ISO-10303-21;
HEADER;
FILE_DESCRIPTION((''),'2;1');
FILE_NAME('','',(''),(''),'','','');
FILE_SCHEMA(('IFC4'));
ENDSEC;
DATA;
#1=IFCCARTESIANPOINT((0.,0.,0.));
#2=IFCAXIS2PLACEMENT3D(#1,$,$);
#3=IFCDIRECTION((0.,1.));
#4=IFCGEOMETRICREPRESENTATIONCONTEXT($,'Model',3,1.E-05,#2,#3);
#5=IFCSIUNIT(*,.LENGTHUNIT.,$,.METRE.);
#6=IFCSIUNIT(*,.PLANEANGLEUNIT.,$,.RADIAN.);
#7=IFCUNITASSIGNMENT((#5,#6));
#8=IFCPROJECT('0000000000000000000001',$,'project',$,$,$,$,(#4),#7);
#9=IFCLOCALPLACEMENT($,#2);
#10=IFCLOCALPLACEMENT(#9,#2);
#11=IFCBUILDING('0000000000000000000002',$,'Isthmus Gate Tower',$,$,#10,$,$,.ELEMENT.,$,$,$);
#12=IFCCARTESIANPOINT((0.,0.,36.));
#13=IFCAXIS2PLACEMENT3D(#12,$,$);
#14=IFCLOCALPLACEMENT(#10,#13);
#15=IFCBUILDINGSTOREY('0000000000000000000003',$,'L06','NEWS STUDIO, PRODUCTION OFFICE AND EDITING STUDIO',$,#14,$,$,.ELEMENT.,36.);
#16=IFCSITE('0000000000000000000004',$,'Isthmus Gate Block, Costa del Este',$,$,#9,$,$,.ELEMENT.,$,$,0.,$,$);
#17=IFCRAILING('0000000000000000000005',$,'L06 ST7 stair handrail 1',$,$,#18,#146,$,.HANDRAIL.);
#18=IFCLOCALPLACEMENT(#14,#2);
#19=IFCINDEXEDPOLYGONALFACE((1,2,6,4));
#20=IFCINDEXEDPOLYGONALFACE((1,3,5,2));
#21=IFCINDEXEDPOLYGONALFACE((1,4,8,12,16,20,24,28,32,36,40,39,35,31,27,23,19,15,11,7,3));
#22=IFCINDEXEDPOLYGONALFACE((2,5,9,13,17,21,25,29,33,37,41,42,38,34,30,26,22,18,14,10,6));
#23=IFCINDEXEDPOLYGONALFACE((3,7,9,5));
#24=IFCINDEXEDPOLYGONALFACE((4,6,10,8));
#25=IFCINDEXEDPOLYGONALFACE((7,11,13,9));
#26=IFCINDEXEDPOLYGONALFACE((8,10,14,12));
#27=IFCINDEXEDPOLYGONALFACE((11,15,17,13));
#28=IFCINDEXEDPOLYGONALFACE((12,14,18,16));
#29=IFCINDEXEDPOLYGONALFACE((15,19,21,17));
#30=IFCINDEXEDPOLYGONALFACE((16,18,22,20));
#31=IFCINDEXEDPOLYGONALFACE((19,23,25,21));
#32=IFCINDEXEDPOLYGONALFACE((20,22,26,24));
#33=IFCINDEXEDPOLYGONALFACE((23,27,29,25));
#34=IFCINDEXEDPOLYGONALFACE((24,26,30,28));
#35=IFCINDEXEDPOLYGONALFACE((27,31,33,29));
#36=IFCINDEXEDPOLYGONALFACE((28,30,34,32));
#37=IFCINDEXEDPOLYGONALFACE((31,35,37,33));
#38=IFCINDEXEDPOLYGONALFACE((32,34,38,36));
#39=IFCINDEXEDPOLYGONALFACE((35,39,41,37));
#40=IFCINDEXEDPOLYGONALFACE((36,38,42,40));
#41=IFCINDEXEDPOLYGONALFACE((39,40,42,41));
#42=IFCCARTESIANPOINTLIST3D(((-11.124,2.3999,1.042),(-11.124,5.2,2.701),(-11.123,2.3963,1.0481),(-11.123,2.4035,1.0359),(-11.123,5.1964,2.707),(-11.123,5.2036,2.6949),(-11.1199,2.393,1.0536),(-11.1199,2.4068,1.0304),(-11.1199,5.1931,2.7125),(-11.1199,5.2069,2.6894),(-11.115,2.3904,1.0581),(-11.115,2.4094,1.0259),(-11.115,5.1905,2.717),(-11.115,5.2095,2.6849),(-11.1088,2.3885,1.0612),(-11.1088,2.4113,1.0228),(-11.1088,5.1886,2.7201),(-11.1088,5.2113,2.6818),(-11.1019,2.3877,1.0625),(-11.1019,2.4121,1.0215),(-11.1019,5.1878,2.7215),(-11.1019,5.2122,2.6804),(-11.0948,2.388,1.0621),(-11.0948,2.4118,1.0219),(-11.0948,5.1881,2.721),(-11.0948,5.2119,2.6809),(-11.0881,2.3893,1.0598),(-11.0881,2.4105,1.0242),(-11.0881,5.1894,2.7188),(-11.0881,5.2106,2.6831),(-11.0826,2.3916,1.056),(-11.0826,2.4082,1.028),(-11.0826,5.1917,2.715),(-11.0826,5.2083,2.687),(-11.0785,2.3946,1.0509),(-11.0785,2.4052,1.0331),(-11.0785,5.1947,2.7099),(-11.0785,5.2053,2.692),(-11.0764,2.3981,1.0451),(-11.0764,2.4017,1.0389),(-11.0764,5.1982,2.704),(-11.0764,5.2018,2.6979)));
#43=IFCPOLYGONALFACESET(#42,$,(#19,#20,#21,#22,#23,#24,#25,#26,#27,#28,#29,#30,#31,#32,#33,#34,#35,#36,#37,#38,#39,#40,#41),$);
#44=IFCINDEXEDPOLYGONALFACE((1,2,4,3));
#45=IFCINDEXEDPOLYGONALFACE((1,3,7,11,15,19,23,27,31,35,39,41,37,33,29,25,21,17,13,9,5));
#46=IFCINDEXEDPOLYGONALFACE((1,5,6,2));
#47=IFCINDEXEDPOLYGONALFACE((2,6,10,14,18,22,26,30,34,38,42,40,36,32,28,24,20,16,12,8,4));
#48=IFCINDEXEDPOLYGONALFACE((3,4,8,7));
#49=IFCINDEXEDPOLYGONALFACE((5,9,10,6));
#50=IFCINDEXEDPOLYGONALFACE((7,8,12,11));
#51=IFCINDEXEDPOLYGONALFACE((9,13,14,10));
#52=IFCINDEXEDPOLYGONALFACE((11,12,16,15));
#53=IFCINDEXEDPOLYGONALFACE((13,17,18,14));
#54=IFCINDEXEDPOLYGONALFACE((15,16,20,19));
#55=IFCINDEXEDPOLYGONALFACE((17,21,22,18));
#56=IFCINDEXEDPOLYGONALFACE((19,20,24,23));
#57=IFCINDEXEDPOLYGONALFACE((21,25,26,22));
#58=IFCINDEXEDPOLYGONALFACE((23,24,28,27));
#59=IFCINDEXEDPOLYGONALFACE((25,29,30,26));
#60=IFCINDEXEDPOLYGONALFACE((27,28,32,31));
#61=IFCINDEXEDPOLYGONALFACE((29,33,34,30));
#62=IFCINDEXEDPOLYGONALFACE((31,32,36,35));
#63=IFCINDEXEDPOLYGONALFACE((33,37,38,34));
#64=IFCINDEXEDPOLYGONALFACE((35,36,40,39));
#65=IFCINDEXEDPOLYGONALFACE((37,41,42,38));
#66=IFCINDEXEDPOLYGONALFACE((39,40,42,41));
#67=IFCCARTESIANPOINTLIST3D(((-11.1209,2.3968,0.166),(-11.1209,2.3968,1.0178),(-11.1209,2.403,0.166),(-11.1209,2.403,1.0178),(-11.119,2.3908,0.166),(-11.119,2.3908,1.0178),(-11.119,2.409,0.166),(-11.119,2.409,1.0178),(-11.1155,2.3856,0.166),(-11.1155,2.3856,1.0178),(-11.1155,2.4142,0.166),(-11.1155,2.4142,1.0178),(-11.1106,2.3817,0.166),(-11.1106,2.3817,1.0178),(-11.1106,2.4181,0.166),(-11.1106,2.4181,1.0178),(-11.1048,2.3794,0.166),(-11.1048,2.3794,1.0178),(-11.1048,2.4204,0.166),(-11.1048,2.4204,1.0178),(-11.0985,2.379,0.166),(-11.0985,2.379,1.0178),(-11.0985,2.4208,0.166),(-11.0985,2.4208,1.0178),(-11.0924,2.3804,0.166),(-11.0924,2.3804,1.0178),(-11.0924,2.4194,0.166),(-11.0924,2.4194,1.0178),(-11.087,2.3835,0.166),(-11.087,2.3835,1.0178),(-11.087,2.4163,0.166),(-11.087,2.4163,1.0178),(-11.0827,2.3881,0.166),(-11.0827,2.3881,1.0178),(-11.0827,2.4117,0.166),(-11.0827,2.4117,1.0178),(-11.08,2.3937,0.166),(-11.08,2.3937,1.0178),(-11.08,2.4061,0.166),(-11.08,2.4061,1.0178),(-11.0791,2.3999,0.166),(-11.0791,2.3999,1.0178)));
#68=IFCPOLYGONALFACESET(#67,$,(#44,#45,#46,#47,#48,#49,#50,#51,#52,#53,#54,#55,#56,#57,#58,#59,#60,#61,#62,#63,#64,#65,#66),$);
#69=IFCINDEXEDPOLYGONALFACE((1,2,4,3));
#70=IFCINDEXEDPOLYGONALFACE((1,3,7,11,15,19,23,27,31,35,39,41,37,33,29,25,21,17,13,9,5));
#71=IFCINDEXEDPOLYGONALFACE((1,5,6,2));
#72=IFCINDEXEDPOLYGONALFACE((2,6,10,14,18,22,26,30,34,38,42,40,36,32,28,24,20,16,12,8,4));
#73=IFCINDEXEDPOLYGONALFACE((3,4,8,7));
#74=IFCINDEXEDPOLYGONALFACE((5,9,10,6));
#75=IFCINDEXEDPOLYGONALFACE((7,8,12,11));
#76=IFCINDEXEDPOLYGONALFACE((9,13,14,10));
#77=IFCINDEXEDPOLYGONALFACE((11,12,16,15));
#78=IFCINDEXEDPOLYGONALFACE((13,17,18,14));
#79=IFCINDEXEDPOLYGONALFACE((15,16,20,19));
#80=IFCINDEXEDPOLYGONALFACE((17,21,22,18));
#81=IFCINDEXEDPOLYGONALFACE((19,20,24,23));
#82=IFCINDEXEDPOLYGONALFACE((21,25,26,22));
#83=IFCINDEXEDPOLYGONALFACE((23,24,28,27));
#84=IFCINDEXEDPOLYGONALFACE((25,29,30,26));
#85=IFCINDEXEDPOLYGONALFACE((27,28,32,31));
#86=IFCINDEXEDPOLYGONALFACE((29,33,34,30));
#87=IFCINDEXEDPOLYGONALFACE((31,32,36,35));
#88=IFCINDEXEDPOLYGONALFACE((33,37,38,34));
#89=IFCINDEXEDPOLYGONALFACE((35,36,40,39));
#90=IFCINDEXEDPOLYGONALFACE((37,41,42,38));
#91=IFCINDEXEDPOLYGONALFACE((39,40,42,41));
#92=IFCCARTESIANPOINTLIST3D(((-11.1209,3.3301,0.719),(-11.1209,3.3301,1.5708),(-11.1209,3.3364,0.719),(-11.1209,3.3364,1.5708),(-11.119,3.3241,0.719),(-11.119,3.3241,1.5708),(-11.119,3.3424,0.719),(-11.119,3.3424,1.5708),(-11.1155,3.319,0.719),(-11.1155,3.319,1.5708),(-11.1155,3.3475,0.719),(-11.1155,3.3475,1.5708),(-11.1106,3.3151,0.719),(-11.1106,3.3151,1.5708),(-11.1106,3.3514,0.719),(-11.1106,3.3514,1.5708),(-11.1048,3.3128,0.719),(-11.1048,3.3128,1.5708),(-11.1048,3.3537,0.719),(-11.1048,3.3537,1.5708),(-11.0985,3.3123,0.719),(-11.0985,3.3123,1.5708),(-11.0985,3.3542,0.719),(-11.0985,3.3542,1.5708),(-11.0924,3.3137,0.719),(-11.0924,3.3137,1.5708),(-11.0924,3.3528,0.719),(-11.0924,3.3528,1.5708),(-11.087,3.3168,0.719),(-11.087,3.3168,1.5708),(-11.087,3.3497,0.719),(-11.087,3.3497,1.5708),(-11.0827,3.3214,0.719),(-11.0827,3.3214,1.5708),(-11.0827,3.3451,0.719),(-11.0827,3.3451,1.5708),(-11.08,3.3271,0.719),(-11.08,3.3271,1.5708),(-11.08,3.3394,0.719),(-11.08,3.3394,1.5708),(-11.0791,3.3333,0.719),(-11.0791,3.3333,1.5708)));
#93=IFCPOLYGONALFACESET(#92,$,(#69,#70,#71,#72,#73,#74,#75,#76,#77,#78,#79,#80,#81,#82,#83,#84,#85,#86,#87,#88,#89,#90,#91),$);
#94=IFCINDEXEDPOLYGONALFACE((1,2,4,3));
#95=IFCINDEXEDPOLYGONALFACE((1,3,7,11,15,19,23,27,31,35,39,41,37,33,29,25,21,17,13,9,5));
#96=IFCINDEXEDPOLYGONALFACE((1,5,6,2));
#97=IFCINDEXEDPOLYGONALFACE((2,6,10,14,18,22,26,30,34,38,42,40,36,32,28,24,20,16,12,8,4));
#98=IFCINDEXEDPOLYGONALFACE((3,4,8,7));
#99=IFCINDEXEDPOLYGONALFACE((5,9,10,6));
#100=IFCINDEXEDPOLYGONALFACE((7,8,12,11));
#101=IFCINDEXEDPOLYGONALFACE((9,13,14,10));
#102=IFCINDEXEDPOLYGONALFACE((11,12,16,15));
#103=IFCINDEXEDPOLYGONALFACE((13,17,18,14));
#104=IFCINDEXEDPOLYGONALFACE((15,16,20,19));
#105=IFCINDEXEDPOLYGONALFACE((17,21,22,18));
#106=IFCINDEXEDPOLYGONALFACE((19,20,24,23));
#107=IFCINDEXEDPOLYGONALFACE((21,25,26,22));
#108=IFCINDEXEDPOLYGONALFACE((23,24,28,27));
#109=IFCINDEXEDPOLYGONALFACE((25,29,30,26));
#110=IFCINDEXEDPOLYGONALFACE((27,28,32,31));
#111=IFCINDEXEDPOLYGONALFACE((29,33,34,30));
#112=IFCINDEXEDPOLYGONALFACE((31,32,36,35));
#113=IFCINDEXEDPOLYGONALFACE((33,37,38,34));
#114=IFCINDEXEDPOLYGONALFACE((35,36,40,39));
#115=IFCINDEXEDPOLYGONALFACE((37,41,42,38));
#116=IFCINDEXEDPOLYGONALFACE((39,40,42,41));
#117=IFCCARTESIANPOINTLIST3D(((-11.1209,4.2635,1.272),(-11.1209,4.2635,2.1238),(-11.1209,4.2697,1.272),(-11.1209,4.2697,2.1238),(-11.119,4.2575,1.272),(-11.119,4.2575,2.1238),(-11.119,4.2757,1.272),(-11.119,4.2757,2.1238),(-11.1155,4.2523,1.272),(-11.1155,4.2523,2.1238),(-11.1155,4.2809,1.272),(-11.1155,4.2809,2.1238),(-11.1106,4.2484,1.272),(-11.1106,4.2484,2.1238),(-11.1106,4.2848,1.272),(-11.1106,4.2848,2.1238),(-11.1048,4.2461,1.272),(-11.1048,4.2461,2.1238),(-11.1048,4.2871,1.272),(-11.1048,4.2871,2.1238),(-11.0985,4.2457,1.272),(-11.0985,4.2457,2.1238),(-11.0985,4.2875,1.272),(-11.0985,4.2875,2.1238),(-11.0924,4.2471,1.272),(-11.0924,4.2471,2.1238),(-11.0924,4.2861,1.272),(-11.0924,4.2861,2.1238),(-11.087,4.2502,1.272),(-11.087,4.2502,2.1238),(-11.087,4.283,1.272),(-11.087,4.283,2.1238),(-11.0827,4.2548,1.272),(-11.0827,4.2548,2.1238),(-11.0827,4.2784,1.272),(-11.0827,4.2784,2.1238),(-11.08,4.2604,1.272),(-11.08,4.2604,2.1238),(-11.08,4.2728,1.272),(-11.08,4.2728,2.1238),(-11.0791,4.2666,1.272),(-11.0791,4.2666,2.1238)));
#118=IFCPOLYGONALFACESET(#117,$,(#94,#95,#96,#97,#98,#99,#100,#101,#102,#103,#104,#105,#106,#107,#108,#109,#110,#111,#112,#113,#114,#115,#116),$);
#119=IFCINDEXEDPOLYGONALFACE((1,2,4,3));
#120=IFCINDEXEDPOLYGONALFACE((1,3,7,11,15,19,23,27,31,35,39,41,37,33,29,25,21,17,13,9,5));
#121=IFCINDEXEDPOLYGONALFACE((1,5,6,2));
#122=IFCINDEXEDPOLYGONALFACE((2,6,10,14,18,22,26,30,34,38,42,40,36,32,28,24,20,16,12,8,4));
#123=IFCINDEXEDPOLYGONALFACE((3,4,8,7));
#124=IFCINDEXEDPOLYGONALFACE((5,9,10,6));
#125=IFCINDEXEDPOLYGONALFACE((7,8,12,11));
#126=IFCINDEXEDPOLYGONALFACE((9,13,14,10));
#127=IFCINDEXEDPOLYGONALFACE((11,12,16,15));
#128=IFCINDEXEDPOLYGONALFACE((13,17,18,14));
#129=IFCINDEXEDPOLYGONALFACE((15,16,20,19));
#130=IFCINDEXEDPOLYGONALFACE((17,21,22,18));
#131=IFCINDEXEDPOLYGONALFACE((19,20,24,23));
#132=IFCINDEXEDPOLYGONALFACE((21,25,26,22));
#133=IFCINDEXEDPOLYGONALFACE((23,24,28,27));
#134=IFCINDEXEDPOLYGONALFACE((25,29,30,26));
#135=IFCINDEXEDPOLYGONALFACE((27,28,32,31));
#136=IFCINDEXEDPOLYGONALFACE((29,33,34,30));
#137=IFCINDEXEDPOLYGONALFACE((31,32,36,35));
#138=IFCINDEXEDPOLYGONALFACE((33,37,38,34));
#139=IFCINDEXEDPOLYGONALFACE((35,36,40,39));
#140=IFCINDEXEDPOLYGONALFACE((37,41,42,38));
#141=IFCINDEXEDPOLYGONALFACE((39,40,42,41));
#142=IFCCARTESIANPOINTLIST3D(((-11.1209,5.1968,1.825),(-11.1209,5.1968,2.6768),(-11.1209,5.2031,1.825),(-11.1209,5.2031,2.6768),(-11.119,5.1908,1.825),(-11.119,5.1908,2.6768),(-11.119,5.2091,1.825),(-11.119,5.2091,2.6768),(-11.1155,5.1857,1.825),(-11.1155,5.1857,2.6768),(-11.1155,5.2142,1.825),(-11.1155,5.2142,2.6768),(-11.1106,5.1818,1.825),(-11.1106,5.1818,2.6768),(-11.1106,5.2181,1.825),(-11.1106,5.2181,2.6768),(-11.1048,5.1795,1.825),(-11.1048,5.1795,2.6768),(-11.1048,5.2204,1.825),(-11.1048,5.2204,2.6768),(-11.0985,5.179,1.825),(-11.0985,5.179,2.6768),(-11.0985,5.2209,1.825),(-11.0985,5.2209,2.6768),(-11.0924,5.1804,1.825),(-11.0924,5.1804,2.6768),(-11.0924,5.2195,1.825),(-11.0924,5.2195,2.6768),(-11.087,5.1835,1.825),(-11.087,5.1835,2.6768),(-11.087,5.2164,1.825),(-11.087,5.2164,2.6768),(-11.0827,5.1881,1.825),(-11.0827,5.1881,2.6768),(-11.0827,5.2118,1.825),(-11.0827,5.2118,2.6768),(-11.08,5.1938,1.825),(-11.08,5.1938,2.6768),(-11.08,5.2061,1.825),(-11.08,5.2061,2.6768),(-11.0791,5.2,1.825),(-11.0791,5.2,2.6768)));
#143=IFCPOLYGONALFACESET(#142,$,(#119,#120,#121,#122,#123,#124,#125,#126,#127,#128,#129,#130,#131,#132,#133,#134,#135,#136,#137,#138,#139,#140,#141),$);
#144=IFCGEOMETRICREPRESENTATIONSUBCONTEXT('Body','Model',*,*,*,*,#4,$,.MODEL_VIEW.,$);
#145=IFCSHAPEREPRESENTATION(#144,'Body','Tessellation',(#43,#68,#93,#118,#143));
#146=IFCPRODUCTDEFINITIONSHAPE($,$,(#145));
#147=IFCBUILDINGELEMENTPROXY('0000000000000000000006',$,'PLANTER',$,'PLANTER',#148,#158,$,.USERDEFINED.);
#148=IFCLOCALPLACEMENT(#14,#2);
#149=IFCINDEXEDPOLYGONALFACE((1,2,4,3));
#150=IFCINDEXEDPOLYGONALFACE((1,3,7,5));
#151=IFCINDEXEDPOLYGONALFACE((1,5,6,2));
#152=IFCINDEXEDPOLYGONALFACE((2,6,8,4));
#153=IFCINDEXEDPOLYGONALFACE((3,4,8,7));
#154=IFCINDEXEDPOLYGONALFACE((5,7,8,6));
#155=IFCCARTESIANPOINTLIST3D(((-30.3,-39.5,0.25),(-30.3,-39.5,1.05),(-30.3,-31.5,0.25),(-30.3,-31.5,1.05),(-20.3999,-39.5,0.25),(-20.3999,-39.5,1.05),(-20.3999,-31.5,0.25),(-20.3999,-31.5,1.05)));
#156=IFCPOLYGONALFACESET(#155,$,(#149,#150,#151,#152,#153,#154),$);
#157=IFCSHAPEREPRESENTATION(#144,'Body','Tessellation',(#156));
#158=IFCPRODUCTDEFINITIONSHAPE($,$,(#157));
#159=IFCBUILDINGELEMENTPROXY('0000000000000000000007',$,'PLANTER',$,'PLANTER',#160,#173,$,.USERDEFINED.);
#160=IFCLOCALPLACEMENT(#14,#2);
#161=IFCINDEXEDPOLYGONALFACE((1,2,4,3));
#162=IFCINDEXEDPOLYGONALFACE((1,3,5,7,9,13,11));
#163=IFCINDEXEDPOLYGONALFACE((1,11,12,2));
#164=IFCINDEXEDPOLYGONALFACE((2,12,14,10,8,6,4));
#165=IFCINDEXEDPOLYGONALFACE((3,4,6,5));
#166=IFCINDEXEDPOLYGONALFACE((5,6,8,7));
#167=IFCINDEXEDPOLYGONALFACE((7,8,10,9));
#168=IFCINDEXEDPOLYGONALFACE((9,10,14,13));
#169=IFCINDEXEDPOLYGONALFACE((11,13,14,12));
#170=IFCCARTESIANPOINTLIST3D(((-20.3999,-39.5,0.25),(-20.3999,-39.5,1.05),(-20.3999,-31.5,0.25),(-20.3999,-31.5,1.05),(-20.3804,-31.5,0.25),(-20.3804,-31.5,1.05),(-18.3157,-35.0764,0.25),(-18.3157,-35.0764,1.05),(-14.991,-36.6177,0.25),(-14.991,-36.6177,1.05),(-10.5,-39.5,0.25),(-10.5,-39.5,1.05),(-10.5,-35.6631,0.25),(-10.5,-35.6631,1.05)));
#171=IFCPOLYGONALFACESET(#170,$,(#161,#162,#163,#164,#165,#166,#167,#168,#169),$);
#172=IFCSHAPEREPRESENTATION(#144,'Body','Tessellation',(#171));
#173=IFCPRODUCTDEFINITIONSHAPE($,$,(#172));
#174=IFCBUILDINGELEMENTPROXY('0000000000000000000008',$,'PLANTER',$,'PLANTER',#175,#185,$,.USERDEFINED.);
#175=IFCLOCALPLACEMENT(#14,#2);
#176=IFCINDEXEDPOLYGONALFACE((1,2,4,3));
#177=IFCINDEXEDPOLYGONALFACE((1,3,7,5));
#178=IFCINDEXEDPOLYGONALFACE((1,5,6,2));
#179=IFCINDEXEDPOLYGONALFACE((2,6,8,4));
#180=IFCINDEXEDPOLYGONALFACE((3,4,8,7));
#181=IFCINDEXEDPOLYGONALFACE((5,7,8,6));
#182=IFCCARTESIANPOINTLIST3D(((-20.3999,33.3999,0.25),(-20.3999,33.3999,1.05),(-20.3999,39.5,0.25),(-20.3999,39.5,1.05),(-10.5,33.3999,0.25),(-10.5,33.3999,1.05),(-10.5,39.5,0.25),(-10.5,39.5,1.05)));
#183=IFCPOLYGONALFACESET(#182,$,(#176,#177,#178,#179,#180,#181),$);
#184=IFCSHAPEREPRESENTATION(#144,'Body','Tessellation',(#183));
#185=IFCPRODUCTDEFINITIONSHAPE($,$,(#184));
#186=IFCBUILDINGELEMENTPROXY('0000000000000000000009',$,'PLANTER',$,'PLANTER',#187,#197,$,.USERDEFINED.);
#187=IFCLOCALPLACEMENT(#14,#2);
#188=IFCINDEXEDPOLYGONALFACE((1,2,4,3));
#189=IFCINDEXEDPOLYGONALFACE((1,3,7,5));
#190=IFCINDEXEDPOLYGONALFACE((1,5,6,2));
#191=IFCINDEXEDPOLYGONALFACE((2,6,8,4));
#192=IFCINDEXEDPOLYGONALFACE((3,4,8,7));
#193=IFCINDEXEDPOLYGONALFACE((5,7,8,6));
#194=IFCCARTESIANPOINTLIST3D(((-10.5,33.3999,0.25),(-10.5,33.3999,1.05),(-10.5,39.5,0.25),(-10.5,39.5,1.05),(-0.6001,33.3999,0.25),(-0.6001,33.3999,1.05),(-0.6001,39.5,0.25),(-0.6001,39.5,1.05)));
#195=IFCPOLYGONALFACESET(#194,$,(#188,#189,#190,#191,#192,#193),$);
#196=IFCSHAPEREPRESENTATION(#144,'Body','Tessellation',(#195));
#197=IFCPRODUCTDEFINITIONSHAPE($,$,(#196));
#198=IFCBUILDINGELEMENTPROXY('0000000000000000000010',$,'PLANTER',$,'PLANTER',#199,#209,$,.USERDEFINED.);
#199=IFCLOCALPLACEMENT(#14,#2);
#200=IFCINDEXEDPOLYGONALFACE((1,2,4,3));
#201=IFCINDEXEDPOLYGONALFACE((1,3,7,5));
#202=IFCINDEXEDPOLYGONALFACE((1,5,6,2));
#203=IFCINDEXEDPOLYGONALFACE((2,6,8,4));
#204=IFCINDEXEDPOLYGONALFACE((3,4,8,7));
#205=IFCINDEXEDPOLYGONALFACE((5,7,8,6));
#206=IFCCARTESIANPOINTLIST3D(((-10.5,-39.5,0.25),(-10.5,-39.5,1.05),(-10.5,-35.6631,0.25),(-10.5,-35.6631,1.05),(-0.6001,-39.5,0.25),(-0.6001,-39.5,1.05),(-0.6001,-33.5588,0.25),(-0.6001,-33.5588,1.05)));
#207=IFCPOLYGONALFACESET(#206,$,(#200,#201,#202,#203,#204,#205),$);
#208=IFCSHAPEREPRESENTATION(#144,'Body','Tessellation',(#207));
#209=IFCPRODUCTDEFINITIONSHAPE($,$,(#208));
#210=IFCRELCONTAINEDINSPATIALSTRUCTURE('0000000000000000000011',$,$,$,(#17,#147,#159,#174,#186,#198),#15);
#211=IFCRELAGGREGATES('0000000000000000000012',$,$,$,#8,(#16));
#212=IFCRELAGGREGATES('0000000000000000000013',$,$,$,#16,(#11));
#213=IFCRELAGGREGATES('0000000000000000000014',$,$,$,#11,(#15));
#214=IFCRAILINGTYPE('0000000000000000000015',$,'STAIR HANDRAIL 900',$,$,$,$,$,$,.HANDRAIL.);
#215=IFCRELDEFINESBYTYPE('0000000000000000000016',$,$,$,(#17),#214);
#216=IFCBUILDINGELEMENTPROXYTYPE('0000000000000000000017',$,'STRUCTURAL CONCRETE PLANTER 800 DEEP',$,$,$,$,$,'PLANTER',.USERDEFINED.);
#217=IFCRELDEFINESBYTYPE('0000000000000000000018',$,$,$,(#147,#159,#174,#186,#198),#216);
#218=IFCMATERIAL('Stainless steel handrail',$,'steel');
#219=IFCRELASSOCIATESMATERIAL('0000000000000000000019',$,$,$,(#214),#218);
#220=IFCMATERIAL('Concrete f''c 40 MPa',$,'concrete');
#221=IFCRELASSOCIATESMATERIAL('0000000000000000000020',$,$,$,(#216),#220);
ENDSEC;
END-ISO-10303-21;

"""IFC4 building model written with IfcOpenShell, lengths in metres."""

from ifc_helpers import new_model, si_unit, direction, frame, origin, origin_2d, place, context, subcontext, project, spatial, polyline, circle, outline, extrude, material, type_object, element, save


model = new_model("IFC4")

# Units and contexts
model_context = context("Model", 3, precision=1e-05, world=origin(), true_north=direction((0.0, 1.0)))
body_context = subcontext(model_context, "Body", "Model", "MODEL_VIEW")
ifc_project = project(units=[si_unit("LENGTHUNIT", "METRE"), si_unit("PLANEANGLEUNIT", "RADIAN")], contexts=[model_context])

# Site, building, storey
site_placement = place(None, origin())
site = spatial("IfcSite", under=ifc_project, at=site_placement, Name="Isthmus Gate Block, Costa del Este", CompositionType="ELEMENT", RefElevation=0.0)
building_placement = place(site_placement, origin())
building = spatial("IfcBuilding", under=site, at=building_placement, Name="Isthmus Gate Tower", CompositionType="ELEMENT")
storey_placement = place(building_placement, frame((0.0, 0.0, 36.0)))
storey = spatial("IfcBuildingStorey", under=building, at=storey_placement, Name="L06", Description="NEWS STUDIO, PRODUCTION OFFICE AND EDITING STUDIO", CompositionType="ELEMENT", Elevation=36.0)

# Railing
ifc_material_1 = material(Name="Stainless steel handrail", Category="steel")
railing_type = type_object("IfcRailingType", Name="STAIR HANDRAIL 900", PredefinedType="HANDRAIL", material=ifc_material_1)
railing_placement = place(storey_placement, frame((-11.1001, 2.3999, 0.166)))
element("IfcRailing", 1, at=railing_placement, inside=storey, type_object=railing_type, Name="L06 ST7 stair handrail 1", PredefinedType="HANDRAIL", context=body_context, shape_type="SweptSolid", body=[
    extrude(circle(Radius=0.0239, at=origin_2d()), frame((0.0, 0.0, 0.876), z_axis=(0.0, 0.860339, 0.509722), x_axis=(-1.0, 0.0, 0.0)), (0.0, 0.0, 1.0), 3.2546),
    extrude(circle(Radius=0.021, at=origin_2d()), origin(), (0.0, 0.0, 1.0), 0.8518),
    extrude(circle(Radius=0.021, at=origin_2d()), frame((0.0, 0.9333, 0.553)), (0.0, 0.0, 1.0), 0.8518),
    extrude(circle(Radius=0.021, at=origin_2d()), frame((0.0, 1.8667, 1.106)), (0.0, 0.0, 1.0), 0.8518),
    extrude(circle(Radius=0.021, at=origin_2d()), frame((0.0, 2.8, 1.6589)), (0.0, 0.0, 1.0), 0.8518),
])

# Building element proxies
ifc_material_2 = material(Name="Concrete f'c 40 MPa", Category="concrete")
building_element_proxy_type = type_object("IfcBuildingElementProxyType", Name="STRUCTURAL CONCRETE PLANTER 800 DEEP", ElementType="PLANTER", PredefinedType="USERDEFINED", material=ifc_material_2)
proxy_1_placement = place(storey_placement, frame((0.0, 0.0, 0.25)))
element("IfcBuildingElementProxy", 2, at=proxy_1_placement, inside=storey, type_object=building_element_proxy_type, Name="PLANTER", ObjectType="PLANTER", PredefinedType="USERDEFINED", context=body_context, shape_type="SweptSolid", body=[
    extrude(outline(polyline([(-30.3, -31.5), (-30.3, -39.5), (-20.3999, -39.5), (-20.3999, -31.5), (-30.3, -31.5)])), origin(), (0.0, 0.0, 1.0), 0.8),
])
proxy_2_placement = place(storey_placement, frame((0.0, 0.0, 0.25)))
element("IfcBuildingElementProxy", 3, at=proxy_2_placement, inside=storey, type_object=building_element_proxy_type, Name="PLANTER", ObjectType="PLANTER", PredefinedType="USERDEFINED", context=body_context, shape_type="SweptSolid", body=[
    extrude(outline(polyline([(-10.5, -39.5), (-10.5, -35.6631), (-14.991, -36.6177), (-18.3157, -35.0764), (-20.3804, -31.5), (-20.3999, -31.5), (-20.3999, -39.5), (-10.5, -39.5)])), origin(), (0.0, 0.0, 1.0), 0.8),
])
proxy_3_placement = place(storey_placement, frame((0.0, 0.0, 0.25)))
element("IfcBuildingElementProxy", 4, at=proxy_3_placement, inside=storey, type_object=building_element_proxy_type, Name="PLANTER", ObjectType="PLANTER", PredefinedType="USERDEFINED", context=body_context, shape_type="SweptSolid", body=[
    extrude(outline(polyline([(-10.5, 33.3999), (-10.5, 39.5), (-20.3999, 39.5), (-20.3999, 33.3999), (-10.5, 33.3999)])), origin(), (0.0, 0.0, 1.0), 0.8),
])
proxy_4_placement = place(storey_placement, frame((0.0, 0.0, 0.25)))
element("IfcBuildingElementProxy", 5, at=proxy_4_placement, inside=storey, type_object=building_element_proxy_type, Name="PLANTER", ObjectType="PLANTER", PredefinedType="USERDEFINED", context=body_context, shape_type="SweptSolid", body=[
    extrude(outline(polyline([(-0.6001, 33.3999), (-0.6001, 39.5), (-10.5, 39.5), (-10.5, 33.3999), (-0.6001, 33.3999)])), origin(), (0.0, 0.0, 1.0), 0.8),
])
proxy_5_placement = place(storey_placement, frame((0.0, 0.0, 0.25)))
element("IfcBuildingElementProxy", 6, at=proxy_5_placement, inside=storey, type_object=building_element_proxy_type, Name="PLANTER", ObjectType="PLANTER", PredefinedType="USERDEFINED", context=body_context, shape_type="SweptSolid", body=[
    extrude(outline(polyline([(-0.6001, -39.5), (-0.6001, -33.5588), (-10.5, -35.6631), (-10.5, -39.5), (-0.6001, -39.5)])), origin(), (0.0, 0.0, 1.0), 0.8),
])

save(model, "model.ifc")
